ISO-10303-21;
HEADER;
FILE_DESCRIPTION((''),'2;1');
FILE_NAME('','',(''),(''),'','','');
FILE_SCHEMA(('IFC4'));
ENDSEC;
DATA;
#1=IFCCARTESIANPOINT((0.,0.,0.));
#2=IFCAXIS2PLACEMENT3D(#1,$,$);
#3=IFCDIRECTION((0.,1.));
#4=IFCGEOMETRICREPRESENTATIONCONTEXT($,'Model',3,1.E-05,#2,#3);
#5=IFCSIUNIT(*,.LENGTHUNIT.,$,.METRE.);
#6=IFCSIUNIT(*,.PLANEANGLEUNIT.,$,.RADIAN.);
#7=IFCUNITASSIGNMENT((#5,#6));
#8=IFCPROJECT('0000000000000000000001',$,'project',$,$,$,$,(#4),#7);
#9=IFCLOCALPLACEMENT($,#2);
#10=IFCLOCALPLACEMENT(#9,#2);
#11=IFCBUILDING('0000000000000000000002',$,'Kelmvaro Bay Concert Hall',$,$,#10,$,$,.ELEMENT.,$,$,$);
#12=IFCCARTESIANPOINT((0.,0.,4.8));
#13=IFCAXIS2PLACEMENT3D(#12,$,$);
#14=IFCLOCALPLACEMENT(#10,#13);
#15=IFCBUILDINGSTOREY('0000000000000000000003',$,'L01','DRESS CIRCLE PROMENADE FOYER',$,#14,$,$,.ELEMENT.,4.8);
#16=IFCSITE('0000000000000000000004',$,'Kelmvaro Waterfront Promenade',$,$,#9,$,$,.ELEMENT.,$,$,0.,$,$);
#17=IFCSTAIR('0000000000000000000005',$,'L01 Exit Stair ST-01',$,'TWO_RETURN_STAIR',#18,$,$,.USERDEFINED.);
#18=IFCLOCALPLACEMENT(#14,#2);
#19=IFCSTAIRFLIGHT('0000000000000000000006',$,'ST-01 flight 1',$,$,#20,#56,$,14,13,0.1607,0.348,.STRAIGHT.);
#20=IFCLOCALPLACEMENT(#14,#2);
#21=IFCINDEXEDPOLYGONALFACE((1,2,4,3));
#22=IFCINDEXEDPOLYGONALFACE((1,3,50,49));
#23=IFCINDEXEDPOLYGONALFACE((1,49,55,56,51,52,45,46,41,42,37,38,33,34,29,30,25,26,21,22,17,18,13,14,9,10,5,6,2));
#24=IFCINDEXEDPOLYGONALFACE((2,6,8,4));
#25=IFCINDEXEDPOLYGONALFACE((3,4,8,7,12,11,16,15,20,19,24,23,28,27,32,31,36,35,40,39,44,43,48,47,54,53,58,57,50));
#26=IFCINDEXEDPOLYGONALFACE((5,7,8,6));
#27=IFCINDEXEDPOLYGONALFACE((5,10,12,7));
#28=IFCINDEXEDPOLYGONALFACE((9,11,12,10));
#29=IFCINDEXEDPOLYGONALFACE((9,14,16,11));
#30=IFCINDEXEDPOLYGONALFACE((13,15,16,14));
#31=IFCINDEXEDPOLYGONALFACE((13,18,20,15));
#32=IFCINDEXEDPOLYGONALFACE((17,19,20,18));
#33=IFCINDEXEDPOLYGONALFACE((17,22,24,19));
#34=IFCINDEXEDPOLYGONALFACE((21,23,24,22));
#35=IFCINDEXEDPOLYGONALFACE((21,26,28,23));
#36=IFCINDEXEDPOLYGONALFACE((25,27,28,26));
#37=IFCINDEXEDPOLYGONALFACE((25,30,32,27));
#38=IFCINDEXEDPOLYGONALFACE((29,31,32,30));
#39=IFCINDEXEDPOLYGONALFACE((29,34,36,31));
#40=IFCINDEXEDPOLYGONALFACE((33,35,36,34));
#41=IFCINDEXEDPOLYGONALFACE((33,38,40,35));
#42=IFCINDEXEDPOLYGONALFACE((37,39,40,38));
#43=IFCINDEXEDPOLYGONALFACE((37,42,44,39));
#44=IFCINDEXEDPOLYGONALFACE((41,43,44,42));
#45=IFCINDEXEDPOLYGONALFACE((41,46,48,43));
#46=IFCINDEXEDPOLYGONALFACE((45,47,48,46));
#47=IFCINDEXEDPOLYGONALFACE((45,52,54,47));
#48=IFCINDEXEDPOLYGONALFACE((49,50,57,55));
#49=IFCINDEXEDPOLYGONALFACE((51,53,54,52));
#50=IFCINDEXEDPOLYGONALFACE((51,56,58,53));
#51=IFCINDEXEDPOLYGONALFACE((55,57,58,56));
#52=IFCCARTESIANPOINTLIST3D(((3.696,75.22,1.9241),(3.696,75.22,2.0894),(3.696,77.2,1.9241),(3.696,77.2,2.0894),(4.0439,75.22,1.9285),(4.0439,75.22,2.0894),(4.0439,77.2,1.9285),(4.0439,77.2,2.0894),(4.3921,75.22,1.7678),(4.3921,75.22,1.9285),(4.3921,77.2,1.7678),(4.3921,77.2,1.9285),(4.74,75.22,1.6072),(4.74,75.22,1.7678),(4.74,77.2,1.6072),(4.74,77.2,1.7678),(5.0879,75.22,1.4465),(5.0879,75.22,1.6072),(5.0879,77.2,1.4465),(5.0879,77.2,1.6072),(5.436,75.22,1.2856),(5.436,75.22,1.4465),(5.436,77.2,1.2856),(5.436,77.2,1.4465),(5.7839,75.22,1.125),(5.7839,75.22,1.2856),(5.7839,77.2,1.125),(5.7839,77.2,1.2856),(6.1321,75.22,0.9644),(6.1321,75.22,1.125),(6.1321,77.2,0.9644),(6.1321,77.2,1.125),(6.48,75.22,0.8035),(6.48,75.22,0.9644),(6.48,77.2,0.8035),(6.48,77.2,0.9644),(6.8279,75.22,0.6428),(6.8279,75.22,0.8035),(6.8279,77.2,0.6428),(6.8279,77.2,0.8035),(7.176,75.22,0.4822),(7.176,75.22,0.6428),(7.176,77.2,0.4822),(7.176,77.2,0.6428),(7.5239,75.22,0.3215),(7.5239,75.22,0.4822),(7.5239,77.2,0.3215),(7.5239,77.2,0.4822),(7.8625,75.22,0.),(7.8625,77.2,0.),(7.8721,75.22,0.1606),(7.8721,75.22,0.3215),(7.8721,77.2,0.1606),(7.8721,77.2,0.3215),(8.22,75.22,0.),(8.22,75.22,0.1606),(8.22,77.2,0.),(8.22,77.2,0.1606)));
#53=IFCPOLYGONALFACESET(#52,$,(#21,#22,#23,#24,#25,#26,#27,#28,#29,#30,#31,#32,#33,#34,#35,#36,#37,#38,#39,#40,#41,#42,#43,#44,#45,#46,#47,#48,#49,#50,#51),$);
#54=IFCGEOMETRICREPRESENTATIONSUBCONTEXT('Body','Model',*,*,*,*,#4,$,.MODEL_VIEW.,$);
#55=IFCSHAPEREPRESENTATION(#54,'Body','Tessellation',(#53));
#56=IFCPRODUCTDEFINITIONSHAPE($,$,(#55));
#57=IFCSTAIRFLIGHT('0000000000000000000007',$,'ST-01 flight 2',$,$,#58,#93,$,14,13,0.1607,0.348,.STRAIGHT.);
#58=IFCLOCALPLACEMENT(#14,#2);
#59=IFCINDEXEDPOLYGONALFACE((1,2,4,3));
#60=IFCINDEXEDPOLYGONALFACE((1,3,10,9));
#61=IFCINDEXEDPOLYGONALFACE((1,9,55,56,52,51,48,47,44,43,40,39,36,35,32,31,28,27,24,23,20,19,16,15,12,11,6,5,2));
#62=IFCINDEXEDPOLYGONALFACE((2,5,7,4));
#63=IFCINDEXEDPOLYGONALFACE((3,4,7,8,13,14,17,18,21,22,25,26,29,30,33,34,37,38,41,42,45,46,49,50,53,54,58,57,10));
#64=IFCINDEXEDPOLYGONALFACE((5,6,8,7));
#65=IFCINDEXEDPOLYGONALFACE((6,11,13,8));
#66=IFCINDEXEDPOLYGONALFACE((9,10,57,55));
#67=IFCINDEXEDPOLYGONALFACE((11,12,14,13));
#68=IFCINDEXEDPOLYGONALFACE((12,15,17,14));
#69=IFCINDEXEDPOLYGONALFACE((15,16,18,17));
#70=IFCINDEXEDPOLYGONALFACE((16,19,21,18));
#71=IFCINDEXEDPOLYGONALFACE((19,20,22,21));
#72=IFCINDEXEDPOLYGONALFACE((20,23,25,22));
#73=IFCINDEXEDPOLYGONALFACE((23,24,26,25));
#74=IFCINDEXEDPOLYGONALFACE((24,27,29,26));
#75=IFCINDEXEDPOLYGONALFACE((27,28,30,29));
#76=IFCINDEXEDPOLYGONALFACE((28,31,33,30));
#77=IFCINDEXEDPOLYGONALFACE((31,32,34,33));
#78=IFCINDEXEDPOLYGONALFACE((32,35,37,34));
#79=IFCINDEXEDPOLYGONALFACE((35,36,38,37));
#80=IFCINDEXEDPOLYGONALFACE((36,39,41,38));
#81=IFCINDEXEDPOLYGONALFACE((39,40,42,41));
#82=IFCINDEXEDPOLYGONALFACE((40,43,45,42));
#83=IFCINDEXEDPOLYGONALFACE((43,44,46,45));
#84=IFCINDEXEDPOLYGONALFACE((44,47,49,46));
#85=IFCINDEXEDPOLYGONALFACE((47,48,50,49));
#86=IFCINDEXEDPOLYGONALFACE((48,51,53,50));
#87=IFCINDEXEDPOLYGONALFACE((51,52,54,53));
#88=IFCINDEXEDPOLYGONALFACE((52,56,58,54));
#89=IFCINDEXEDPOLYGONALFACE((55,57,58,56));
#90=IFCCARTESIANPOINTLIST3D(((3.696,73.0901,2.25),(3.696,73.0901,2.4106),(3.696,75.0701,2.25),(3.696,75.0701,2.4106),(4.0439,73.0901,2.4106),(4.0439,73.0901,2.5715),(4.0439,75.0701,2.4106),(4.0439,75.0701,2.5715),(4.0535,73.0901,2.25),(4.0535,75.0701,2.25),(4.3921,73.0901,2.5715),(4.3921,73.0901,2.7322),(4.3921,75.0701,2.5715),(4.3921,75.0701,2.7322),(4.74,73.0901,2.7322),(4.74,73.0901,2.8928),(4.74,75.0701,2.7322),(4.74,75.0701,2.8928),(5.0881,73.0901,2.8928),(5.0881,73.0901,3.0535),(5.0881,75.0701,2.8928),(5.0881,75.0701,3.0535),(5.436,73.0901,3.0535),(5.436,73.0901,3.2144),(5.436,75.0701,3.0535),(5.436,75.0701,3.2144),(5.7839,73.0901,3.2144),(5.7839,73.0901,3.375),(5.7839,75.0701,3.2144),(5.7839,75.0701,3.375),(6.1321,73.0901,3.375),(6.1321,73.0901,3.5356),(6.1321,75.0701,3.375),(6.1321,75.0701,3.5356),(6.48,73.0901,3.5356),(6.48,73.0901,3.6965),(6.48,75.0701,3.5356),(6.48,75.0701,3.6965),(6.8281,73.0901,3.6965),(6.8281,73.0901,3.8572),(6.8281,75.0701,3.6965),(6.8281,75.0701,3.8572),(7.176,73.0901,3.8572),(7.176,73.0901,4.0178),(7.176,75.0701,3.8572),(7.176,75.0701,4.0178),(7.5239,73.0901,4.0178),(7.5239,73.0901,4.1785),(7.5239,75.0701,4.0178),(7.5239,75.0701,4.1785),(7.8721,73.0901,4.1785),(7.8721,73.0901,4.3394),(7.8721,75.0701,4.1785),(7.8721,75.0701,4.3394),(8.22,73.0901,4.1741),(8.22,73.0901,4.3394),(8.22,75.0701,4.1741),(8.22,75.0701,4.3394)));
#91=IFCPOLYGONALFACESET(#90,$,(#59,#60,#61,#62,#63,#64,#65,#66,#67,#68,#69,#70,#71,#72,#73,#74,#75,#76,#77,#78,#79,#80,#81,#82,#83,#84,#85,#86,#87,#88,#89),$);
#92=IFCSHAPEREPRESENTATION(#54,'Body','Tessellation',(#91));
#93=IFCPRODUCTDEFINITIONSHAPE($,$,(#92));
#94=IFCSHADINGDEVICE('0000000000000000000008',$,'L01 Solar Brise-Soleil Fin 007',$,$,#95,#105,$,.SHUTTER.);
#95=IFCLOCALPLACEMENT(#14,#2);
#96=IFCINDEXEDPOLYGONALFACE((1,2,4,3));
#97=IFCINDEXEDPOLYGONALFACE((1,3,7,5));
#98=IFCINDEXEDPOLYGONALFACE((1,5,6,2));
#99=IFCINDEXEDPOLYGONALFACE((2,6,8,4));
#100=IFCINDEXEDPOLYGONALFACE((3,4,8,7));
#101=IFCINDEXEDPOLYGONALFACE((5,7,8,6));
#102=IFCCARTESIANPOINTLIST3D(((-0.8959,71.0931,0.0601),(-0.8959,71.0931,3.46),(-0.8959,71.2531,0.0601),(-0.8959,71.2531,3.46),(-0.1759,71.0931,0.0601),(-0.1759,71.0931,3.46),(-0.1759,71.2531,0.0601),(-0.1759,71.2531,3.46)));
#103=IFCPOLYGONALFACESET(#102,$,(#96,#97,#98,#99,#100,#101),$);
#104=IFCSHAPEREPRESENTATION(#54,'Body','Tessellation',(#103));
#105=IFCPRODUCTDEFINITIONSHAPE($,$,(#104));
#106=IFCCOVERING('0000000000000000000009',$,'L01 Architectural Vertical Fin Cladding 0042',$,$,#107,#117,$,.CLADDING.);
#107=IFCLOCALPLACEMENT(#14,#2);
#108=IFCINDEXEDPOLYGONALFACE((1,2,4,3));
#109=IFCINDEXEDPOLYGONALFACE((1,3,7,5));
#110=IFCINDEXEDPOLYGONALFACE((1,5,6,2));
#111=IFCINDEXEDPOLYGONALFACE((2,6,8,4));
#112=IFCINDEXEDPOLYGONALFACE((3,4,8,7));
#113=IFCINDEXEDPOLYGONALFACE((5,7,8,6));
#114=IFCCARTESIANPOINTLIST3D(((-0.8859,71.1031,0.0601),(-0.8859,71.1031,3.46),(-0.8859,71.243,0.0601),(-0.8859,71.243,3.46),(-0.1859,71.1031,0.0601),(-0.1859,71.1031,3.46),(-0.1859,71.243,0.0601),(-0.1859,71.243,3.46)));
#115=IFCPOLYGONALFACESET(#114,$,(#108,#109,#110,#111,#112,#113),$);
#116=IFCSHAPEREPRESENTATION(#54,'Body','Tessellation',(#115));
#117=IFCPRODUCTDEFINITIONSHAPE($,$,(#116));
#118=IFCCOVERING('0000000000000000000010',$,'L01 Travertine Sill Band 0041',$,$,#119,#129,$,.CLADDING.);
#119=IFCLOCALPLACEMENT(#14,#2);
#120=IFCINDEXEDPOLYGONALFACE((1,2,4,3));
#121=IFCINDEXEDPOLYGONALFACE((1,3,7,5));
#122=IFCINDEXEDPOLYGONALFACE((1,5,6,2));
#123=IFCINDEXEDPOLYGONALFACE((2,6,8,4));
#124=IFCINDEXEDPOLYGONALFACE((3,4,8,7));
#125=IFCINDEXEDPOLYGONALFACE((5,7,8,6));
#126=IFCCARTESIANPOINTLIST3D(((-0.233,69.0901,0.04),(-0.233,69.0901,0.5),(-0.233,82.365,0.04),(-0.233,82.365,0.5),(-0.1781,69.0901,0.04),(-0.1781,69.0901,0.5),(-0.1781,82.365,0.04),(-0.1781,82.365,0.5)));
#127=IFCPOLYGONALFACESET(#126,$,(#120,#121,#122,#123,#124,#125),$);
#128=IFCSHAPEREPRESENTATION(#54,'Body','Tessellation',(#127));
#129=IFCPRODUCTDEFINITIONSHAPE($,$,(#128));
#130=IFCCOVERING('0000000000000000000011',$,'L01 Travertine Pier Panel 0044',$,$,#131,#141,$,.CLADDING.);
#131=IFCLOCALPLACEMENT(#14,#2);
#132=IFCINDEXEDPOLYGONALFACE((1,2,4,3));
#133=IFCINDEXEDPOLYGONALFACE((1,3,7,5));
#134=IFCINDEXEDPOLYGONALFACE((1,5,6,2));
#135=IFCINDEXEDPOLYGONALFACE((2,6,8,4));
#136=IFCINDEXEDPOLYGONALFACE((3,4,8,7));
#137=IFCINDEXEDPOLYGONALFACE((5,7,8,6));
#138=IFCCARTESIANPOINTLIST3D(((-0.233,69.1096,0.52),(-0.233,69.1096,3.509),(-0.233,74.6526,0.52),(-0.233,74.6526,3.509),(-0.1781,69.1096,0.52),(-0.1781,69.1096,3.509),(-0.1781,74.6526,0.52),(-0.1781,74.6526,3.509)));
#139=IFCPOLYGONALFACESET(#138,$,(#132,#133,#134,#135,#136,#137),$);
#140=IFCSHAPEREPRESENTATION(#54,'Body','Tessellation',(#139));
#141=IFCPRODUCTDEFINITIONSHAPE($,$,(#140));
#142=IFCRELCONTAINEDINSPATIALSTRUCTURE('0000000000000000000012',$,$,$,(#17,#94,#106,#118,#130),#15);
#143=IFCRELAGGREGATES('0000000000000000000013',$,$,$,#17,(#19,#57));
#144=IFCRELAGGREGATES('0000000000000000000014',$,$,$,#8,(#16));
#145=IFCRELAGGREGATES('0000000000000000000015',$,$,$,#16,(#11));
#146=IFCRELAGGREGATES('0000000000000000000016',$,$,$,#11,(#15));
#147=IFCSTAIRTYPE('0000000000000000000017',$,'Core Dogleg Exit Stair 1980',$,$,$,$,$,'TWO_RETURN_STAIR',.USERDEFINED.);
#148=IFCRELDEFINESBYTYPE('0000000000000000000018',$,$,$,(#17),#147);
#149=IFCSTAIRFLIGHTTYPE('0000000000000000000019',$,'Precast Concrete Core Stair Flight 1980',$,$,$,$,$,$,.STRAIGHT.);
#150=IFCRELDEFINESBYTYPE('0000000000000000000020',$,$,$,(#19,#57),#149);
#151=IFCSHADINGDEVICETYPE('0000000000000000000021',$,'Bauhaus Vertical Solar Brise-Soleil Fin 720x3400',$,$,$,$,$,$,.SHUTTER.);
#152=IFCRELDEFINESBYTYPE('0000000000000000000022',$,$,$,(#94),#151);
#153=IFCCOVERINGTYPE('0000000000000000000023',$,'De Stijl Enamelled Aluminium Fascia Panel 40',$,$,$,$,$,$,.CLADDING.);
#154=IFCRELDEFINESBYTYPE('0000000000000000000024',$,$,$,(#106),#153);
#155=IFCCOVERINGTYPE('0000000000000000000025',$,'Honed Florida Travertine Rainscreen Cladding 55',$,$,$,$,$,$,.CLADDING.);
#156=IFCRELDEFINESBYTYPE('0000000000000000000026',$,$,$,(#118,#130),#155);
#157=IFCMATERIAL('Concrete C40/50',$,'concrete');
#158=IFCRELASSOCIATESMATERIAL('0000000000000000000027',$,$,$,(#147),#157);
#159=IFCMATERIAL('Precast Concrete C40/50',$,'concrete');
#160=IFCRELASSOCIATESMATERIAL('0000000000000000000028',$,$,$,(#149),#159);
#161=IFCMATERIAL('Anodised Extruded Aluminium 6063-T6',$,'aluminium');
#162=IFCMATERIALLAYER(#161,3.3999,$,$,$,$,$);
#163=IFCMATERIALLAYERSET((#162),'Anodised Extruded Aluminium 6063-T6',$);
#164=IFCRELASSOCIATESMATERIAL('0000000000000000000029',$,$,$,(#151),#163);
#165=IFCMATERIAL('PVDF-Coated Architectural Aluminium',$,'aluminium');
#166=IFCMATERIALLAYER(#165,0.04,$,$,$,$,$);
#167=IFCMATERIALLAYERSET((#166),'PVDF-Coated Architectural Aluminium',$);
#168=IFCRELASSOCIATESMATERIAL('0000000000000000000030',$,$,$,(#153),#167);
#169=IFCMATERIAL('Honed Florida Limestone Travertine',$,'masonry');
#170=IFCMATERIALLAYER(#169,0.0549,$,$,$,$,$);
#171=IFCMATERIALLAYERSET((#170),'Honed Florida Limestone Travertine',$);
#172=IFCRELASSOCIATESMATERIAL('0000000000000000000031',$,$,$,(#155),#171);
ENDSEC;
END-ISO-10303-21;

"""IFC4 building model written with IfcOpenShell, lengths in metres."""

from ifc_helpers import new_model, si_unit, direction, frame, origin, origin_2d, place, context, subcontext, project, spatial, polyline, rectangle, outline, extrude, material, layer, layer_set, type_object, element, aggregate, save


model = new_model("IFC4")

# Units and contexts
model_context = context("Model", 3, precision=1e-05, world=origin(), true_north=direction((0.0, 1.0)))
body_context = subcontext(model_context, "Body", "Model", "MODEL_VIEW")
ifc_project = project(units=[si_unit("LENGTHUNIT", "METRE"), si_unit("PLANEANGLEUNIT", "RADIAN")], contexts=[model_context])

# Site, building, storey
site_placement = place(None, origin())
site = spatial("IfcSite", under=ifc_project, at=site_placement, Name="Kelmvaro Waterfront Promenade", CompositionType="ELEMENT", RefElevation=0.0)
building_placement = place(site_placement, origin())
building = spatial("IfcBuilding", under=site, at=building_placement, Name="Kelmvaro Bay Concert Hall", CompositionType="ELEMENT")
storey_placement = place(building_placement, frame((0.0, 0.0, 4.8)))
storey = spatial("IfcBuildingStorey", under=building, at=storey_placement, Name="L01", Description="DRESS CIRCLE PROMENADE FOYER", CompositionType="ELEMENT", Elevation=4.8)

# Stair, stair flights
ifc_material_1 = material(Name="Concrete C40/50", Category="concrete")
stair_type = type_object("IfcStairType", Name="Core Dogleg Exit Stair 1980", ElementType="TWO_RETURN_STAIR", PredefinedType="USERDEFINED", material=ifc_material_1)
stair_placement = place(storey_placement, origin())
stair = element("IfcStair", 1, at=stair_placement, inside=storey, type_object=stair_type, Name="L01 Exit Stair ST-01", ObjectType="TWO_RETURN_STAIR", PredefinedType="USERDEFINED")
ifc_material_2 = material(Name="Precast Concrete C40/50", Category="concrete")
stair_flight_type = type_object("IfcStairFlightType", Name="Precast Concrete Core Stair Flight 1980", PredefinedType="STRAIGHT", material=ifc_material_2)
stair_flight_1_placement = place(storey_placement, frame((8.22, 76.21, 0.0), z_axis=(0.0, 0.0, 1.0), x_axis=(-1.0, 0.0, 0.0)))
stair_flight_1 = element("IfcStairFlight", 2, at=stair_flight_1_placement, type_object=stair_flight_type, Name="ST-01 flight 1", NumberOfRisers=14, NumberOfTreads=13, PredefinedType="STRAIGHT", RiserHeight=0.1607, TreadLength=0.348, context=body_context, shape_type="SweptSolid", body=[
    extrude(outline(polyline([(0.0, 0.0), (0.0, 0.1606), (0.3479, 0.1606), (0.3479, 0.3215), (0.696, 0.3215), (0.696, 0.4822), (1.0439, 0.4822), (1.0439, 0.6428), (1.3921, 0.6428), (1.3921, 0.8035), (1.74, 0.8035), (1.74, 0.9644), (2.0879, 0.9644), (2.0879, 1.125), (2.436, 1.125), (2.436, 1.2856), (2.7839, 1.2856), (2.7839, 1.4465), (3.1321, 1.4465), (3.1321, 1.6072), (3.48, 1.6072), (3.48, 1.7678), (3.8279, 1.7678), (3.8279, 1.9285), (4.176, 1.9285), (4.176, 2.0894), (4.5239, 2.0894), (4.5239, 2.25), (4.5239, 1.9241), (0.3574, 0.0), (0.0, 0.0)])), frame((0.0, 0.99, 0.0), z_axis=(0.0, -1.0, 0.0), x_axis=(1.0, 0.0, 0.0)), (0.0, 0.0, 1.0), 1.98),
])
stair_flight_2_placement = place(storey_placement, frame((3.696, 74.0801, 2.25), z_axis=(0.0, 0.0, 1.0), x_axis=(1.0, 0.0, 0.0)))
stair_flight_2 = element("IfcStairFlight", 3, at=stair_flight_2_placement, type_object=stair_flight_type, Name="ST-01 flight 2", NumberOfRisers=14, NumberOfTreads=13, PredefinedType="STRAIGHT", RiserHeight=0.1607, TreadLength=0.348, context=body_context, shape_type="SweptSolid", body=[
    extrude(outline(polyline([(0.0, 0.0), (0.0, 0.1606), (0.3479, 0.1606), (0.3479, 0.3215), (0.696, 0.3215), (0.696, 0.4822), (1.0439, 0.4822), (1.0439, 0.6428), (1.3921, 0.6428), (1.3921, 0.8035), (1.74, 0.8035), (1.74, 0.9644), (2.0879, 0.9644), (2.0879, 1.125), (2.436, 1.125), (2.436, 1.2856), (2.7839, 1.2856), (2.7839, 1.4465), (3.1321, 1.4465), (3.1321, 1.6072), (3.48, 1.6072), (3.48, 1.7678), (3.8279, 1.7678), (3.8279, 1.9285), (4.176, 1.9285), (4.176, 2.0894), (4.5239, 2.0894), (4.5239, 2.25), (4.5239, 1.9241), (0.3574, 0.0), (0.0, 0.0)])), frame((0.0, 0.99, 0.0), z_axis=(0.0, -1.0, 0.0), x_axis=(1.0, 0.0, 0.0)), (0.0, 0.0, 1.0), 1.98),
])
aggregate(stair, [stair_flight_1, stair_flight_2])

# Shading device
ifc_material_3 = material(Name="Anodised Extruded Aluminium 6063-T6", Category="aluminium")
ifc_layer_1 = layer(ifc_material_3, 3.3999)
ifc_layer_set_1 = layer_set([ifc_layer_1], Name="Anodised Extruded Aluminium 6063-T6")
shading_device_type = type_object("IfcShadingDeviceType", Name="Bauhaus Vertical Solar Brise-Soleil Fin 720x3400", PredefinedType="SHUTTER", material=ifc_layer_set_1)
shading_device_placement = place(storey_placement, frame((-0.5359, 71.1731, 0.0601), z_axis=(0.0, 0.0, 1.0), x_axis=(0.0, 1.0, 0.0)))
element("IfcShadingDevice", 4, at=shading_device_placement, inside=storey, type_object=shading_device_type, Name="L01 Solar Brise-Soleil Fin 007", PredefinedType="SHUTTER", context=body_context, shape_type="SweptSolid", body=[
    extrude(rectangle(XDim=0.1599, YDim=0.72, at=origin_2d()), origin(), (0.0, 0.0, 1.0), 3.3999),
])

# Coverings
ifc_material_4 = material(Name="PVDF-Coated Architectural Aluminium", Category="aluminium")
ifc_layer_2 = layer(ifc_material_4, 0.04)
ifc_layer_set_2 = layer_set([ifc_layer_2], Name="PVDF-Coated Architectural Aluminium")
covering_type_1 = type_object("IfcCoveringType", Name="De Stijl Enamelled Aluminium Fascia Panel 40", PredefinedType="CLADDING", material=ifc_layer_set_2)
covering_1_placement = place(storey_placement, frame((-0.5359, 71.1731, 0.0601), z_axis=(0.0, 0.0, 1.0), x_axis=(0.0, 1.0, 0.0)))
element("IfcCovering", 5, at=covering_1_placement, inside=storey, type_object=covering_type_1, Name="L01 Architectural Vertical Fin Cladding 0042", PredefinedType="CLADDING", context=body_context, shape_type="SweptSolid", body=[
    extrude(rectangle(XDim=0.1399, YDim=0.7, at=origin_2d()), origin(), (0.0, 0.0, 1.0), 3.3999),
])
ifc_material_5 = material(Name="Honed Florida Limestone Travertine", Category="masonry")
ifc_layer_3 = layer(ifc_material_5, 0.0549)
ifc_layer_set_3 = layer_set([ifc_layer_3], Name="Honed Florida Limestone Travertine")
covering_type_2 = type_object("IfcCoveringType", Name="Honed Florida Travertine Rainscreen Cladding 55", PredefinedType="CLADDING", material=ifc_layer_set_3)
covering_2_placement = place(storey_placement, frame((-0.2056, 75.7275, 0.04), z_axis=(0.0, 0.0, 1.0), x_axis=(0.0, 1.0, 0.0)))
element("IfcCovering", 6, at=covering_2_placement, inside=storey, type_object=covering_type_2, Name="L01 Travertine Sill Band 0041", PredefinedType="CLADDING", context=body_context, shape_type="SweptSolid", body=[
    extrude(rectangle(XDim=13.2749, YDim=0.0549, at=origin_2d()), origin(), (0.0, 0.0, 1.0), 0.46),
])
covering_3_placement = place(storey_placement, frame((-0.2056, 71.8811, 0.52), z_axis=(0.0, 0.0, 1.0), x_axis=(0.0, 1.0, 0.0)))
element("IfcCovering", 7, at=covering_3_placement, inside=storey, type_object=covering_type_2, Name="L01 Travertine Pier Panel 0044", PredefinedType="CLADDING", context=body_context, shape_type="SweptSolid", body=[
    extrude(rectangle(XDim=5.543, YDim=0.0549, at=origin_2d()), origin(), (0.0, 0.0, 1.0), 2.989),
])

save(model, "model.ifc")
